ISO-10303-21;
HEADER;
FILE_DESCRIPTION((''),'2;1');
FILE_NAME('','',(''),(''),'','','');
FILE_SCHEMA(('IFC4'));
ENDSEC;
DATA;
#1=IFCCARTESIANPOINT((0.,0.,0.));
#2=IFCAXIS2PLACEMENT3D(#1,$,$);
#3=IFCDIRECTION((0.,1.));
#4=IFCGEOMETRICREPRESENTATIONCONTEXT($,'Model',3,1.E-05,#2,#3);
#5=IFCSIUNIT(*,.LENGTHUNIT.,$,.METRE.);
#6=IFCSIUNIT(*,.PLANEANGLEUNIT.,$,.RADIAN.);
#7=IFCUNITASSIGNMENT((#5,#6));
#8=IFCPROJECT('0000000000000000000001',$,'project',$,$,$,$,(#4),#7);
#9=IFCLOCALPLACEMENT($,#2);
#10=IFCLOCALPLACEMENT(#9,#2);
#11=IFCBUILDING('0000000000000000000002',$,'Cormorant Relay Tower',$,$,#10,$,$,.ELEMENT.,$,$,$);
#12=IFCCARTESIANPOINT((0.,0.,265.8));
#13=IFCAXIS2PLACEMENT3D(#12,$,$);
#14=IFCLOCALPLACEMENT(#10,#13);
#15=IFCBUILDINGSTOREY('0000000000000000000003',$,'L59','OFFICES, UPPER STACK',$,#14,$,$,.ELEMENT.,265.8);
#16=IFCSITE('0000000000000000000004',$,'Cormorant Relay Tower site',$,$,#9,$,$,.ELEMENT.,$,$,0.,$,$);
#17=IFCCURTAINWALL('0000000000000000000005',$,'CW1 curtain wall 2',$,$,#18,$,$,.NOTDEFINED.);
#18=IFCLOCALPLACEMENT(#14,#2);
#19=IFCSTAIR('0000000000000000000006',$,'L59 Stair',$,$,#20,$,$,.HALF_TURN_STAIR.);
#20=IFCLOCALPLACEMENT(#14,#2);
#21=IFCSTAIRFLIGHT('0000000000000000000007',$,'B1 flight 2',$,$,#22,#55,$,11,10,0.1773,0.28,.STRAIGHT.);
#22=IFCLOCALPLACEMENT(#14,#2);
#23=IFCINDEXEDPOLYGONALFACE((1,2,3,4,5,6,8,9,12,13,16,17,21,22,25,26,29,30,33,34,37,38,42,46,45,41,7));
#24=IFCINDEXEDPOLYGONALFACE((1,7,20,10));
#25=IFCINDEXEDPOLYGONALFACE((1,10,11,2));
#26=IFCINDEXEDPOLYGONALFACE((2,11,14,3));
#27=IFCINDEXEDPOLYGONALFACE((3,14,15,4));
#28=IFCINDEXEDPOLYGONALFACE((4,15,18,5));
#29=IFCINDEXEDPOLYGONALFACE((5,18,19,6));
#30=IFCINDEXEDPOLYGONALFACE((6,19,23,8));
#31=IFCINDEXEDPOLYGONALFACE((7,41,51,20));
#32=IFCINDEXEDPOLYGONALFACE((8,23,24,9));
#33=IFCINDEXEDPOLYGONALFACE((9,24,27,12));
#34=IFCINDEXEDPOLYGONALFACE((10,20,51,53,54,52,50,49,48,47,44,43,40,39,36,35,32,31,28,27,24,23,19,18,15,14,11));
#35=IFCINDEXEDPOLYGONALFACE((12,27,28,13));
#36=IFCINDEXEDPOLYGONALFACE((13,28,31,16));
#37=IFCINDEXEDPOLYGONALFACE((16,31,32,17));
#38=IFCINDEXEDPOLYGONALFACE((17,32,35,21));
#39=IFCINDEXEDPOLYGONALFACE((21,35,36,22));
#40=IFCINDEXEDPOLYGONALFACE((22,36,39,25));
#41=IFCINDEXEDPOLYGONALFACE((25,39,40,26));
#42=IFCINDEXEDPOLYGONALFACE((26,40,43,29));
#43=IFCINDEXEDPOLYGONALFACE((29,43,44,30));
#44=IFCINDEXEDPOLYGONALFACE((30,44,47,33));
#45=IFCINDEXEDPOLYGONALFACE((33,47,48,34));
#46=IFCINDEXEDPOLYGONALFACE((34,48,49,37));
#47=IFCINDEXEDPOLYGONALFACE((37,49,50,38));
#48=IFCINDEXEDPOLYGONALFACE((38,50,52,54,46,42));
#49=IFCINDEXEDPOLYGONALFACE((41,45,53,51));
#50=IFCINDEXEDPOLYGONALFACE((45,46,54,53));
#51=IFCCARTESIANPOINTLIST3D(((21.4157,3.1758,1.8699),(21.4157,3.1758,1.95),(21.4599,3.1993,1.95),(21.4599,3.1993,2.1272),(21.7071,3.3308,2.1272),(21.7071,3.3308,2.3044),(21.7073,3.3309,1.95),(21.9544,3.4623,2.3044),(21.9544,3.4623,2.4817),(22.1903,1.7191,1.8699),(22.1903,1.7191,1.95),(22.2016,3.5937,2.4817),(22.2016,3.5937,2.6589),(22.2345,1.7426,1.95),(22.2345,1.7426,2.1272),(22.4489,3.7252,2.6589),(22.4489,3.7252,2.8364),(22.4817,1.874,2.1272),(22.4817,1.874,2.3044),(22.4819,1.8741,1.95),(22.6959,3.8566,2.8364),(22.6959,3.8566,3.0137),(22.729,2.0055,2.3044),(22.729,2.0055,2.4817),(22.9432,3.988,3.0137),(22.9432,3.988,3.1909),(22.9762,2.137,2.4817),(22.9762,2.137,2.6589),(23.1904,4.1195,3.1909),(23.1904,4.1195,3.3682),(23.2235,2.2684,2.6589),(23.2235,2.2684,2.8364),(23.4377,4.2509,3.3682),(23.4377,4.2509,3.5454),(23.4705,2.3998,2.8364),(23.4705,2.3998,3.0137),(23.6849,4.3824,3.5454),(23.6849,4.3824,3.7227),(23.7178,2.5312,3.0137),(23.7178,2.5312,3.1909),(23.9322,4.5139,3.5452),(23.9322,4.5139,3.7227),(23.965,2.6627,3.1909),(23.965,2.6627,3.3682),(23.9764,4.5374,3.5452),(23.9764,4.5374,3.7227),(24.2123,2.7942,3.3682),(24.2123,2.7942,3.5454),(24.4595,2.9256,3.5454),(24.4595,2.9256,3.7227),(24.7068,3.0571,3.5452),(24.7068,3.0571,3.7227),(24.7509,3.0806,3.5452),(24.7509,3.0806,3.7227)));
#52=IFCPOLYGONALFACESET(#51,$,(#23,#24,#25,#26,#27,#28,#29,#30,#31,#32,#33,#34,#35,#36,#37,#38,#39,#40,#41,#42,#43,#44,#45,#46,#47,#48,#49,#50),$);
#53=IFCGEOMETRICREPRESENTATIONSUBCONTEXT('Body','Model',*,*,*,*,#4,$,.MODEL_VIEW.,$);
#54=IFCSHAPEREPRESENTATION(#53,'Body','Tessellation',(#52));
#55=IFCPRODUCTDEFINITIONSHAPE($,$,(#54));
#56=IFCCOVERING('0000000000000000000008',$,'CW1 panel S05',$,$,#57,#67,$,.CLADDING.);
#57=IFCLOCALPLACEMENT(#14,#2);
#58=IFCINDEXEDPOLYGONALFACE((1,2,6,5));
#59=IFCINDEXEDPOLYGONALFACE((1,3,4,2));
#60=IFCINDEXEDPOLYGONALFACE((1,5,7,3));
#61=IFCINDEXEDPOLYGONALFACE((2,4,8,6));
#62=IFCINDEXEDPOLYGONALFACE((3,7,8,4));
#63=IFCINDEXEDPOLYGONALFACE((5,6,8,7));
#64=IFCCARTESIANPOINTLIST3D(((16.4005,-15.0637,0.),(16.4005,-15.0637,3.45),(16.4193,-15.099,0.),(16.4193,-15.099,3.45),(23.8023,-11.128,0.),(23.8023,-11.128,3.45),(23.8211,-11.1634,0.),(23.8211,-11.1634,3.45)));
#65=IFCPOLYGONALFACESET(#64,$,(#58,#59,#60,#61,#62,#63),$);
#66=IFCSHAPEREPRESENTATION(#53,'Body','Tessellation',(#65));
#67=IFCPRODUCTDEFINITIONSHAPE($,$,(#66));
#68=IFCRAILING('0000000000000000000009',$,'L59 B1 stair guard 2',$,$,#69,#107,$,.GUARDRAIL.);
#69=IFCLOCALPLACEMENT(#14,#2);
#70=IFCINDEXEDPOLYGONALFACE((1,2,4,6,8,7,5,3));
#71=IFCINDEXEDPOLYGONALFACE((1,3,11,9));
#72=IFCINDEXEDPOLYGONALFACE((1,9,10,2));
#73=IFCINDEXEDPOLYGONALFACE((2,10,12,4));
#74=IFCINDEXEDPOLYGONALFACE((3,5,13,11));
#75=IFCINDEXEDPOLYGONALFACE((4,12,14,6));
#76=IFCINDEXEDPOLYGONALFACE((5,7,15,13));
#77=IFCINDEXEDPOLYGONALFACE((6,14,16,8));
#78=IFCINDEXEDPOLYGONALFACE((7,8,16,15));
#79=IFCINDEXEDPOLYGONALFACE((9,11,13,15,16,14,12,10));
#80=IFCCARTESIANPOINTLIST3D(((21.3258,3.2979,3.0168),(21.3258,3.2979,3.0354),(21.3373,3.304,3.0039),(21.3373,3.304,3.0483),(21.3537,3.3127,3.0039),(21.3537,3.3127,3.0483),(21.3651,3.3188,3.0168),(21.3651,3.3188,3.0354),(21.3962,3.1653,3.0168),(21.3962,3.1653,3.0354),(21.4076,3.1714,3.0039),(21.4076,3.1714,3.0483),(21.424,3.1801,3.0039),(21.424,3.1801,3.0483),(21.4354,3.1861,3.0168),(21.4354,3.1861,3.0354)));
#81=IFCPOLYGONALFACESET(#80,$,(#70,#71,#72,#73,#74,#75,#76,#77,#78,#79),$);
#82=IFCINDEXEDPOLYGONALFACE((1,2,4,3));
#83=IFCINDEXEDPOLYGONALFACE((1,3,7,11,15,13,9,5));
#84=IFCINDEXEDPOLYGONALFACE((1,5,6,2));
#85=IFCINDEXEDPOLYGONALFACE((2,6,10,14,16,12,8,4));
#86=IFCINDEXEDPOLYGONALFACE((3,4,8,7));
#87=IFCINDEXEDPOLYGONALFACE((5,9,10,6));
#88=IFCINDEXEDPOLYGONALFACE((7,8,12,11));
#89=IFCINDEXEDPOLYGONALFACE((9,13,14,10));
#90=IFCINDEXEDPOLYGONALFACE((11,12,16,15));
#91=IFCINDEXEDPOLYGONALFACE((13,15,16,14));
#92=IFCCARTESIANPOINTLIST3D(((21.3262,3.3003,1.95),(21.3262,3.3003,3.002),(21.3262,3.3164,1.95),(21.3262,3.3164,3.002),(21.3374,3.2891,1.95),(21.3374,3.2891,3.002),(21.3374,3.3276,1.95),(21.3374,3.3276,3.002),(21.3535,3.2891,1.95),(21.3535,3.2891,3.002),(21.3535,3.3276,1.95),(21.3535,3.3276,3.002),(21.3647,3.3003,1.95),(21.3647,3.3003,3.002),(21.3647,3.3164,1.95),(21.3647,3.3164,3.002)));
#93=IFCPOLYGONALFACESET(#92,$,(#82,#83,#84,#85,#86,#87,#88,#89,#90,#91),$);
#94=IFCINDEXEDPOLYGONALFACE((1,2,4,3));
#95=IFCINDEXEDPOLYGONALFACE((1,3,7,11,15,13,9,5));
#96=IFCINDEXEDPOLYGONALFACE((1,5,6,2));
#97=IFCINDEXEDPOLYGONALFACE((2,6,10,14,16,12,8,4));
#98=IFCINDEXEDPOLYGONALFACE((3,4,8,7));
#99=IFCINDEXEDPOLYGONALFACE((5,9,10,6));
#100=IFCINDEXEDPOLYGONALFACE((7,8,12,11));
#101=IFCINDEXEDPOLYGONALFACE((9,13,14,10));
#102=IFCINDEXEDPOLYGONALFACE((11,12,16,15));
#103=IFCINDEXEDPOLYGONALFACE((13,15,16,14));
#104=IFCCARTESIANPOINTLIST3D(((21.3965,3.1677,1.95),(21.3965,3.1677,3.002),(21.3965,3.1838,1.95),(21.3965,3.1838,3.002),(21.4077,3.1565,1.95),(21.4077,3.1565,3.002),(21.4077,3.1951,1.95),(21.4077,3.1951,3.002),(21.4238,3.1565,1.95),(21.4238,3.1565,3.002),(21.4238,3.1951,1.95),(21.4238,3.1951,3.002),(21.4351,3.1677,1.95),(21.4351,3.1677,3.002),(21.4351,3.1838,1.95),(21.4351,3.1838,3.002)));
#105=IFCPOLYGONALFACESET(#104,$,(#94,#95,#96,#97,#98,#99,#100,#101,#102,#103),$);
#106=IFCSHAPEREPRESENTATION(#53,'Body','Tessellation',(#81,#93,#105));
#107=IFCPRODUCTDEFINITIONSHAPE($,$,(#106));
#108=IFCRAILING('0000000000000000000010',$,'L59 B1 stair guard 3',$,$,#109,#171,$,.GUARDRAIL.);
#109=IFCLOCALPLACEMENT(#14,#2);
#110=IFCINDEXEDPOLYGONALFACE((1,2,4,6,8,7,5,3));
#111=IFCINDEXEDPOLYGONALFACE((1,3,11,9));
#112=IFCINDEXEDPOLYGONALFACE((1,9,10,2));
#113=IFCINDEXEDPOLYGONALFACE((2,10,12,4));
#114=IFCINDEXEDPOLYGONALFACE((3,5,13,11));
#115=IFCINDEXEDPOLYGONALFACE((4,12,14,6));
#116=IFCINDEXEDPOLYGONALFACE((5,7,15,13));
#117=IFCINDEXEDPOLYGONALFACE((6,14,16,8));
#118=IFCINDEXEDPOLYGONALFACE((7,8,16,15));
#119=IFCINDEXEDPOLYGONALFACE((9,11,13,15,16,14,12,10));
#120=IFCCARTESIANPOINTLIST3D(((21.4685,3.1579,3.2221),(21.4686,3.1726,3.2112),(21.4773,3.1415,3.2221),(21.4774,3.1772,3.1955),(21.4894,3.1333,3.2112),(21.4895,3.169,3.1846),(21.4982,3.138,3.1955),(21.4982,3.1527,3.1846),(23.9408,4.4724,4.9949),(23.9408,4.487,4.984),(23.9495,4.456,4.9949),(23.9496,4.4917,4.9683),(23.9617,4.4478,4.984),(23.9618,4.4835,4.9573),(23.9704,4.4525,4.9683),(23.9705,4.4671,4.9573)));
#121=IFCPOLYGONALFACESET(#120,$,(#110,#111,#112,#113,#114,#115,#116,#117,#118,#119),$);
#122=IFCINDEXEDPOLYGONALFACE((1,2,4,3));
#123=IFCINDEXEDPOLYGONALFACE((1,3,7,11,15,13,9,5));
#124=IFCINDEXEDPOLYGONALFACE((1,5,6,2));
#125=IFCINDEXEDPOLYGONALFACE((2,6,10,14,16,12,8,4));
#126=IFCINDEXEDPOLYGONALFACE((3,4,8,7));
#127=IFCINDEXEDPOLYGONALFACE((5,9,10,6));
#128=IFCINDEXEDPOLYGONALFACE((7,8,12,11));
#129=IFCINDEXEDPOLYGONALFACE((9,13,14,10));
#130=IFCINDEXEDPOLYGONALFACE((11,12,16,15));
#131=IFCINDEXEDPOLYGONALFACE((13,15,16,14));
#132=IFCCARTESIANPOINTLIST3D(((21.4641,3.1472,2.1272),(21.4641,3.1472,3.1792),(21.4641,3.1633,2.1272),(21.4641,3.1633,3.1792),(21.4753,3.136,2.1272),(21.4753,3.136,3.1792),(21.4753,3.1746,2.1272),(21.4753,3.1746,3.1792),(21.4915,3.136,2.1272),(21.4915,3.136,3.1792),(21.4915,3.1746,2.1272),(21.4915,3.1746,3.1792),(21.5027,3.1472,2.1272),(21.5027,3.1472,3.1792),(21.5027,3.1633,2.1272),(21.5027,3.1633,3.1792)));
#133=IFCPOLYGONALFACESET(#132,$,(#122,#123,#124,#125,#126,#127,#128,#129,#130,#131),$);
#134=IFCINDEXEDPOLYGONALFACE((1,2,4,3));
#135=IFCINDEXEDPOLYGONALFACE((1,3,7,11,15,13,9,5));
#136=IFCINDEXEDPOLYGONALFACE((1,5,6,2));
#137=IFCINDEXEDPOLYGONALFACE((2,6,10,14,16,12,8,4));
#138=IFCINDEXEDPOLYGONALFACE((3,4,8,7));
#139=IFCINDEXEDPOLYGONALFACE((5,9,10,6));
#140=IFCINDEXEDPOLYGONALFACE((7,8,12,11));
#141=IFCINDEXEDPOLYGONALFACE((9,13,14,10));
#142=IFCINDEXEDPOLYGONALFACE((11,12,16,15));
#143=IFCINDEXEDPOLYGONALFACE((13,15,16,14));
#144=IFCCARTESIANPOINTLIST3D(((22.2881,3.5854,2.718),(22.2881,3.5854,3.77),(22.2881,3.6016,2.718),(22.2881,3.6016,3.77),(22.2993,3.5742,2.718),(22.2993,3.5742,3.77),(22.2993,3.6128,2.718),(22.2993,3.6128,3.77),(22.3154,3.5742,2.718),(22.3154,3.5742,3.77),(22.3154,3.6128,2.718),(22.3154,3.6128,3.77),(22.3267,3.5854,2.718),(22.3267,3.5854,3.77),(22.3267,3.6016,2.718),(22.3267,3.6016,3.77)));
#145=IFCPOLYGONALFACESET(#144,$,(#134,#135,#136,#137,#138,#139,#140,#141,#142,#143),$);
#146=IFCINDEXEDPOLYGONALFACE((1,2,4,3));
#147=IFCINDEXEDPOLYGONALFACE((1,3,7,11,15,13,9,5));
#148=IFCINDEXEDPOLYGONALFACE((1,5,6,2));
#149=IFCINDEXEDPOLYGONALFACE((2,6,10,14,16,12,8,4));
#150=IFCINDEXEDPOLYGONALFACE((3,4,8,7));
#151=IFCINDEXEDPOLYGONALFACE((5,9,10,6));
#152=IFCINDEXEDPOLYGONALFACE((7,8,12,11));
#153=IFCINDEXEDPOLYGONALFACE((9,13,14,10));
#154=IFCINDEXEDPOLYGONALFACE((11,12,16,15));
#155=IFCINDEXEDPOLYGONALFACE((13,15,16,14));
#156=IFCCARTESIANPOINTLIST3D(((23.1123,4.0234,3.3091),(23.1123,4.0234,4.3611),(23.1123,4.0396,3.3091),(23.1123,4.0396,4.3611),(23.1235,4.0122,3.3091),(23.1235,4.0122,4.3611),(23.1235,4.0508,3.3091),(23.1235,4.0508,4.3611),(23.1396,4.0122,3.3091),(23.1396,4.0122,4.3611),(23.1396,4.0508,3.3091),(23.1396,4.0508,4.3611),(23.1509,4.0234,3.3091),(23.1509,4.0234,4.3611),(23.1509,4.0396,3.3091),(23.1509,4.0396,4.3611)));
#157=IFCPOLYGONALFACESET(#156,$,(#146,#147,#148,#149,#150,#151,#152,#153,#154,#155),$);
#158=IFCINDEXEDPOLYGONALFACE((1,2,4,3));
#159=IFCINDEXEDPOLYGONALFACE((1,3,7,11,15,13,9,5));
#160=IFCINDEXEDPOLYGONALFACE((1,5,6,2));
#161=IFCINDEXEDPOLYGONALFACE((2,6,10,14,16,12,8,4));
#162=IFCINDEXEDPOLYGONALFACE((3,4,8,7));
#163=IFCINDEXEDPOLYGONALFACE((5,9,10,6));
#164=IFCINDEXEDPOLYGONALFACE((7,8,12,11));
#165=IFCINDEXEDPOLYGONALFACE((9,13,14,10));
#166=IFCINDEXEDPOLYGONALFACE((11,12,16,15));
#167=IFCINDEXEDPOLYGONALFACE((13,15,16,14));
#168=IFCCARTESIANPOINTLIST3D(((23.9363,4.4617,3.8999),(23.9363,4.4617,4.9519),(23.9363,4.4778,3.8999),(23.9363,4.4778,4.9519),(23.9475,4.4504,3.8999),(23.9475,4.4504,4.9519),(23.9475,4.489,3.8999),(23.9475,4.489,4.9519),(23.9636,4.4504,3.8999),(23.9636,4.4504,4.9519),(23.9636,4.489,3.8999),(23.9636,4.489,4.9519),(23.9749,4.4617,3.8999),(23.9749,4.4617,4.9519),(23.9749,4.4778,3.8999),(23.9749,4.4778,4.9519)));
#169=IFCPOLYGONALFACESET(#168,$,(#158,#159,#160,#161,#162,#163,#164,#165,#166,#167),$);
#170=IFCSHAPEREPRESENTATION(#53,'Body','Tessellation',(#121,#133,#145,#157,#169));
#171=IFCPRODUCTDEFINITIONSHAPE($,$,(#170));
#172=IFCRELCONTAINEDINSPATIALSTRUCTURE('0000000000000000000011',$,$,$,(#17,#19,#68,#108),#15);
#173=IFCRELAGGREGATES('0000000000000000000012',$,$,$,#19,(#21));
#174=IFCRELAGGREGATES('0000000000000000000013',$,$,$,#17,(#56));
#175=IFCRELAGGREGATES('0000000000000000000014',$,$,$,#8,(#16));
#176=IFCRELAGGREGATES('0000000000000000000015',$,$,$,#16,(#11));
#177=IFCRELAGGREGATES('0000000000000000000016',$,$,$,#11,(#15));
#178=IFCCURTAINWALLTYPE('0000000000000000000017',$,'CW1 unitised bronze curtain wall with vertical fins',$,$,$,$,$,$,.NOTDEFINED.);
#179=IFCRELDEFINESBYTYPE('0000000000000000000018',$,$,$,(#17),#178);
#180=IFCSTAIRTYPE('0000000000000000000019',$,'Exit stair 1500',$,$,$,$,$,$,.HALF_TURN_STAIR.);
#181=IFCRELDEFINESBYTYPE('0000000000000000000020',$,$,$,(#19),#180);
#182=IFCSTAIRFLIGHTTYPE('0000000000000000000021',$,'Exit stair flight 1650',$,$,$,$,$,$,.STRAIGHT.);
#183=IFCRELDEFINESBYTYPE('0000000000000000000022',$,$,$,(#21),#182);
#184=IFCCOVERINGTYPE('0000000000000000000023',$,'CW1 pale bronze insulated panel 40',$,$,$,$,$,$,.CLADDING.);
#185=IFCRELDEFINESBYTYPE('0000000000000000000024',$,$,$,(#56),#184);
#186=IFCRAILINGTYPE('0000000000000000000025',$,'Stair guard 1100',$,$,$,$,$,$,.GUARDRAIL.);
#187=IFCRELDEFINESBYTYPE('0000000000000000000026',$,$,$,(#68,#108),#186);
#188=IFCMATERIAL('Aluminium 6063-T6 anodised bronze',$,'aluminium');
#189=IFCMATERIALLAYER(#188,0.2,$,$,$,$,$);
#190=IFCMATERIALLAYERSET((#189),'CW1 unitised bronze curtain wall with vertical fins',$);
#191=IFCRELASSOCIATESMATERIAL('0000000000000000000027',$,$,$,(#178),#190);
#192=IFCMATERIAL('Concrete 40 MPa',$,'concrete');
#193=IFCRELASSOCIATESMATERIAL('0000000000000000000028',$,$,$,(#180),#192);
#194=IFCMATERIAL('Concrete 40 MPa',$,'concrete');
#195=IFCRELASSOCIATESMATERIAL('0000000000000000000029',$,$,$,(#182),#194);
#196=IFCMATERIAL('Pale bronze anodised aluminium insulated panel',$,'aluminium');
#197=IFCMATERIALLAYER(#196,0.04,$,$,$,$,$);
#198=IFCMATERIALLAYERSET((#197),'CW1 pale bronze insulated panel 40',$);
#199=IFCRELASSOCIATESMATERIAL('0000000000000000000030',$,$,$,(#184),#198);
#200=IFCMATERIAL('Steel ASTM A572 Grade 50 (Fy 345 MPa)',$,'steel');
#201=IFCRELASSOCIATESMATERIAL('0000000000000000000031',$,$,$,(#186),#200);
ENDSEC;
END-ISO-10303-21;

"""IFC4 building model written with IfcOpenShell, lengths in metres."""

from ifc_helpers import new_model, si_unit, direction, frame, origin, origin_2d, place, context, subcontext, project, spatial, polyline, rectangle, outline, extrude, material, layer, layer_set, type_object, element, aggregate, save


model = new_model("IFC4")

# Units and contexts
model_context = context("Model", 3, precision=1e-05, world=origin(), true_north=direction((0.0, 1.0)))
body_context = subcontext(model_context, "Body", "Model", "MODEL_VIEW")
ifc_project = project(units=[si_unit("LENGTHUNIT", "METRE"), si_unit("PLANEANGLEUNIT", "RADIAN")], contexts=[model_context])

# Site, building, storey
site_placement = place(None, origin())
site = spatial("IfcSite", under=ifc_project, at=site_placement, Name="Cormorant Relay Tower site", CompositionType="ELEMENT", RefElevation=0.0)
building_placement = place(site_placement, origin())
building = spatial("IfcBuilding", under=site, at=building_placement, Name="Cormorant Relay Tower", CompositionType="ELEMENT")
storey_placement = place(building_placement, frame((0.0, 0.0, 265.8)))
storey = spatial("IfcBuildingStorey", under=building, at=storey_placement, Name="L59", Description="OFFICES, UPPER STACK", CompositionType="ELEMENT", Elevation=265.8)

# Curtain wall
ifc_material_1 = material(Name="Aluminium 6063-T6 anodised bronze", Category="aluminium")
ifc_layer_1 = layer(ifc_material_1, 0.2)
ifc_layer_set_1 = layer_set([ifc_layer_1], Name="CW1 unitised bronze curtain wall with vertical fins")
curtain_wall_type = type_object("IfcCurtainWallType", Name="CW1 unitised bronze curtain wall with vertical fins", PredefinedType="NOTDEFINED", material=ifc_layer_set_1)
curtain_wall_placement = place(storey_placement, origin())
curtain_wall = element("IfcCurtainWall", 1, at=curtain_wall_placement, inside=storey, type_object=curtain_wall_type, Name="CW1 curtain wall 2", PredefinedType="NOTDEFINED")

# Stair, stair flight
ifc_material_2 = material(Name="Concrete 40 MPa", Category="concrete")
stair_type = type_object("IfcStairType", Name="Exit stair 1500", PredefinedType="HALF_TURN_STAIR", material=ifc_material_2)
stair_placement = place(storey_placement, origin())
stair = element("IfcStair", 2, at=stair_placement, inside=storey, type_object=stair_type, Name="L59 Stair", PredefinedType="HALF_TURN_STAIR")
ifc_material_3 = material(Name="Concrete 40 MPa", Category="concrete")
stair_flight_type = type_object("IfcStairFlightType", Name="Exit stair flight 1650", PredefinedType="STRAIGHT", material=ifc_material_3)
stair_flight_placement = place(storey_placement, frame((21.8472, 2.4709, 1.95), z_axis=(0.0, 0.0, 1.0), x_axis=(0.882948, 0.469472, 0.0)))
stair_flight = element("IfcStairFlight", 3, at=stair_flight_placement, type_object=stair_flight_type, Name="B1 flight 2", NumberOfRisers=11, NumberOfTreads=10, PredefinedType="STRAIGHT", RiserHeight=0.1773, TreadLength=0.28, context=body_context, shape_type="SweptSolid", body=[
    extrude(outline(polyline([(-0.05, -0.0801), (-0.05, 0.0), (0.0, 0.0), (0.0, 0.1772), (0.28, 0.1772), (0.28, 0.3545), (0.5601, 0.3545), (0.5601, 0.5317), (0.8401, 0.5317), (0.8401, 0.709), (1.1201, 0.709), (1.1201, 0.8865), (1.3999, 0.8865), (1.3999, 1.0637), (1.6799, 1.0637), (1.6799, 1.241), (1.96, 1.241), (1.96, 1.4182), (2.24, 1.4182), (2.24, 1.5955), (2.52, 1.5955), (2.52, 1.7727), (2.8, 1.7727), (2.8501, 1.7727), (2.8501, 1.5952), (2.8, 1.5952), (0.2803, 0.0), (-0.05, -0.0801)])), frame((0.0, 0.825, 0.0), z_axis=(0.0, -1.0, 0.0), x_axis=(1.0, 0.0, 0.0)), (0.0, 0.0, 1.0), 1.6499),
])
aggregate(stair, [stair_flight])

# Covering
ifc_material_4 = material(Name="Pale bronze anodised aluminium insulated panel", Category="aluminium")
ifc_layer_2 = layer(ifc_material_4, 0.04)
ifc_layer_set_2 = layer_set([ifc_layer_2], Name="CW1 pale bronze insulated panel 40")
covering_type = type_object("IfcCoveringType", Name="CW1 pale bronze insulated panel 40", PredefinedType="CLADDING", material=ifc_layer_set_2)
covering_placement = place(storey_placement, frame((20.1108, -13.1135, 0.0), z_axis=(0.0, 0.0, 1.0), x_axis=(0.882948, 0.469472, 0.0)))
covering = element("IfcCovering", 4, at=covering_placement, type_object=covering_type, Name="CW1 panel S05", PredefinedType="CLADDING", context=body_context, shape_type="SweptSolid", body=[
    extrude(rectangle(XDim=8.3831, YDim=0.04, at=origin_2d()), origin(), (0.0, 0.0, 1.0), 3.45),
])
aggregate(curtain_wall, [covering])

# Railings
ifc_material_5 = material(Name="Steel ASTM A572 Grade 50 (Fy 345 MPa)", Category="steel")
railing_type_1 = type_object("IfcRailingType", Name="Stair guard 1100", PredefinedType="GUARDRAIL", material=ifc_material_5)
railing_1_placement = place(storey_placement, frame((21.3455, 3.3083, 1.95)))
element("IfcRailing", 5, at=railing_1_placement, inside=storey, type_object=railing_type_1, Name="L59 B1 stair guard 2", PredefinedType="GUARDRAIL", context=body_context, shape_type="SweptSolid", body=[
    extrude(outline(polyline([(0.0222, 0.0093), (0.0093, 0.0222), (-0.0093, 0.0222), (-0.0222, 0.0093), (-0.0222, -0.0093), (-0.0093, -0.0222), (0.0093, -0.0222), (0.0222, -0.0093), (0.0222, 0.0093)])), frame((0.0, 0.0, 1.0762), z_axis=(0.46856, -0.883431, 0.0), x_axis=(0.883431, 0.46856, 0.0)), (0.0, 0.0, 1.0), 0.1501),
    extrude(outline(polyline([(0.0193, 0.0081), (0.0081, 0.0193), (-0.0081, 0.0193), (-0.0193, 0.0081), (-0.0193, -0.0081), (-0.0081, -0.0193), (0.0081, -0.0193), (0.0193, -0.0081), (0.0193, 0.0081)])), origin(), (0.0, 0.0, 1.0), 1.052),
    extrude(outline(polyline([(0.0193, 0.0081), (0.0081, 0.0193), (-0.0081, 0.0193), (-0.0193, 0.0081), (-0.0193, -0.0081), (-0.0081, -0.0193), (0.0081, -0.0193), (0.0193, -0.0081), (0.0193, 0.0081)])), frame((0.0703, -0.1326, 0.0)), (0.0, 0.0, 1.0), 1.052),
])
railing_2_placement = place(storey_placement, frame((21.4834, 3.1553, 2.1272)))
element("IfcRailing", 6, at=railing_2_placement, inside=storey, type_object=railing_type_1, Name="L59 B1 stair guard 3", PredefinedType="GUARDRAIL", context=body_context, shape_type="SweptSolid", body=[
    extrude(outline(polyline([(0.0222, 0.0093), (0.0093, 0.0222), (-0.0093, 0.0222), (-0.0222, 0.0093), (-0.0222, -0.0093), (-0.0093, -0.0222), (0.0093, -0.0222), (0.0222, -0.0093), (0.0222, 0.0093)])), frame((0.0, 0.0, 1.0762), z_axis=(0.746001, 0.396649, 0.534931), x_axis=(-0.469465, 0.882951, 0.0)), (0.0, 0.0, 1.0), 3.314),
    extrude(outline(polyline([(0.0193, 0.0081), (0.0081, 0.0193), (-0.0081, 0.0193), (-0.0193, 0.0081), (-0.0193, -0.0081), (-0.0081, -0.0193), (0.0081, -0.0193), (0.0193, -0.0081), (0.0193, 0.0081)])), origin(), (0.0, 0.0, 1.0), 1.052),
    extrude(outline(polyline([(0.0193, 0.0081), (0.0081, 0.0193), (-0.0081, 0.0193), (-0.0193, 0.0081), (-0.0193, -0.0081), (-0.0081, -0.0193), (0.0081, -0.0193), (0.0193, -0.0081), (0.0193, 0.0081)])), frame((0.824, 0.4382, 0.5908)), (0.0, 0.0, 1.0), 1.052),
    extrude(outline(polyline([(0.0193, 0.0081), (0.0081, 0.0193), (-0.0081, 0.0193), (-0.0193, 0.0081), (-0.0193, -0.0081), (-0.0081, -0.0193), (0.0081, -0.0193), (0.0193, -0.0081), (0.0193, 0.0081)])), frame((1.6482, 0.8762, 1.1819)), (0.0, 0.0, 1.0), 1.052),
    extrude(outline(polyline([(0.0193, 0.0081), (0.0081, 0.0193), (-0.0081, 0.0193), (-0.0193, 0.0081), (-0.0193, -0.0081), (-0.0081, -0.0193), (0.0081, -0.0193), (0.0193, -0.0081), (0.0193, 0.0081)])), frame((2.4722, 1.3145, 1.7727)), (0.0, 0.0, 1.0), 1.052),
])

save(model, "model.ifc")
